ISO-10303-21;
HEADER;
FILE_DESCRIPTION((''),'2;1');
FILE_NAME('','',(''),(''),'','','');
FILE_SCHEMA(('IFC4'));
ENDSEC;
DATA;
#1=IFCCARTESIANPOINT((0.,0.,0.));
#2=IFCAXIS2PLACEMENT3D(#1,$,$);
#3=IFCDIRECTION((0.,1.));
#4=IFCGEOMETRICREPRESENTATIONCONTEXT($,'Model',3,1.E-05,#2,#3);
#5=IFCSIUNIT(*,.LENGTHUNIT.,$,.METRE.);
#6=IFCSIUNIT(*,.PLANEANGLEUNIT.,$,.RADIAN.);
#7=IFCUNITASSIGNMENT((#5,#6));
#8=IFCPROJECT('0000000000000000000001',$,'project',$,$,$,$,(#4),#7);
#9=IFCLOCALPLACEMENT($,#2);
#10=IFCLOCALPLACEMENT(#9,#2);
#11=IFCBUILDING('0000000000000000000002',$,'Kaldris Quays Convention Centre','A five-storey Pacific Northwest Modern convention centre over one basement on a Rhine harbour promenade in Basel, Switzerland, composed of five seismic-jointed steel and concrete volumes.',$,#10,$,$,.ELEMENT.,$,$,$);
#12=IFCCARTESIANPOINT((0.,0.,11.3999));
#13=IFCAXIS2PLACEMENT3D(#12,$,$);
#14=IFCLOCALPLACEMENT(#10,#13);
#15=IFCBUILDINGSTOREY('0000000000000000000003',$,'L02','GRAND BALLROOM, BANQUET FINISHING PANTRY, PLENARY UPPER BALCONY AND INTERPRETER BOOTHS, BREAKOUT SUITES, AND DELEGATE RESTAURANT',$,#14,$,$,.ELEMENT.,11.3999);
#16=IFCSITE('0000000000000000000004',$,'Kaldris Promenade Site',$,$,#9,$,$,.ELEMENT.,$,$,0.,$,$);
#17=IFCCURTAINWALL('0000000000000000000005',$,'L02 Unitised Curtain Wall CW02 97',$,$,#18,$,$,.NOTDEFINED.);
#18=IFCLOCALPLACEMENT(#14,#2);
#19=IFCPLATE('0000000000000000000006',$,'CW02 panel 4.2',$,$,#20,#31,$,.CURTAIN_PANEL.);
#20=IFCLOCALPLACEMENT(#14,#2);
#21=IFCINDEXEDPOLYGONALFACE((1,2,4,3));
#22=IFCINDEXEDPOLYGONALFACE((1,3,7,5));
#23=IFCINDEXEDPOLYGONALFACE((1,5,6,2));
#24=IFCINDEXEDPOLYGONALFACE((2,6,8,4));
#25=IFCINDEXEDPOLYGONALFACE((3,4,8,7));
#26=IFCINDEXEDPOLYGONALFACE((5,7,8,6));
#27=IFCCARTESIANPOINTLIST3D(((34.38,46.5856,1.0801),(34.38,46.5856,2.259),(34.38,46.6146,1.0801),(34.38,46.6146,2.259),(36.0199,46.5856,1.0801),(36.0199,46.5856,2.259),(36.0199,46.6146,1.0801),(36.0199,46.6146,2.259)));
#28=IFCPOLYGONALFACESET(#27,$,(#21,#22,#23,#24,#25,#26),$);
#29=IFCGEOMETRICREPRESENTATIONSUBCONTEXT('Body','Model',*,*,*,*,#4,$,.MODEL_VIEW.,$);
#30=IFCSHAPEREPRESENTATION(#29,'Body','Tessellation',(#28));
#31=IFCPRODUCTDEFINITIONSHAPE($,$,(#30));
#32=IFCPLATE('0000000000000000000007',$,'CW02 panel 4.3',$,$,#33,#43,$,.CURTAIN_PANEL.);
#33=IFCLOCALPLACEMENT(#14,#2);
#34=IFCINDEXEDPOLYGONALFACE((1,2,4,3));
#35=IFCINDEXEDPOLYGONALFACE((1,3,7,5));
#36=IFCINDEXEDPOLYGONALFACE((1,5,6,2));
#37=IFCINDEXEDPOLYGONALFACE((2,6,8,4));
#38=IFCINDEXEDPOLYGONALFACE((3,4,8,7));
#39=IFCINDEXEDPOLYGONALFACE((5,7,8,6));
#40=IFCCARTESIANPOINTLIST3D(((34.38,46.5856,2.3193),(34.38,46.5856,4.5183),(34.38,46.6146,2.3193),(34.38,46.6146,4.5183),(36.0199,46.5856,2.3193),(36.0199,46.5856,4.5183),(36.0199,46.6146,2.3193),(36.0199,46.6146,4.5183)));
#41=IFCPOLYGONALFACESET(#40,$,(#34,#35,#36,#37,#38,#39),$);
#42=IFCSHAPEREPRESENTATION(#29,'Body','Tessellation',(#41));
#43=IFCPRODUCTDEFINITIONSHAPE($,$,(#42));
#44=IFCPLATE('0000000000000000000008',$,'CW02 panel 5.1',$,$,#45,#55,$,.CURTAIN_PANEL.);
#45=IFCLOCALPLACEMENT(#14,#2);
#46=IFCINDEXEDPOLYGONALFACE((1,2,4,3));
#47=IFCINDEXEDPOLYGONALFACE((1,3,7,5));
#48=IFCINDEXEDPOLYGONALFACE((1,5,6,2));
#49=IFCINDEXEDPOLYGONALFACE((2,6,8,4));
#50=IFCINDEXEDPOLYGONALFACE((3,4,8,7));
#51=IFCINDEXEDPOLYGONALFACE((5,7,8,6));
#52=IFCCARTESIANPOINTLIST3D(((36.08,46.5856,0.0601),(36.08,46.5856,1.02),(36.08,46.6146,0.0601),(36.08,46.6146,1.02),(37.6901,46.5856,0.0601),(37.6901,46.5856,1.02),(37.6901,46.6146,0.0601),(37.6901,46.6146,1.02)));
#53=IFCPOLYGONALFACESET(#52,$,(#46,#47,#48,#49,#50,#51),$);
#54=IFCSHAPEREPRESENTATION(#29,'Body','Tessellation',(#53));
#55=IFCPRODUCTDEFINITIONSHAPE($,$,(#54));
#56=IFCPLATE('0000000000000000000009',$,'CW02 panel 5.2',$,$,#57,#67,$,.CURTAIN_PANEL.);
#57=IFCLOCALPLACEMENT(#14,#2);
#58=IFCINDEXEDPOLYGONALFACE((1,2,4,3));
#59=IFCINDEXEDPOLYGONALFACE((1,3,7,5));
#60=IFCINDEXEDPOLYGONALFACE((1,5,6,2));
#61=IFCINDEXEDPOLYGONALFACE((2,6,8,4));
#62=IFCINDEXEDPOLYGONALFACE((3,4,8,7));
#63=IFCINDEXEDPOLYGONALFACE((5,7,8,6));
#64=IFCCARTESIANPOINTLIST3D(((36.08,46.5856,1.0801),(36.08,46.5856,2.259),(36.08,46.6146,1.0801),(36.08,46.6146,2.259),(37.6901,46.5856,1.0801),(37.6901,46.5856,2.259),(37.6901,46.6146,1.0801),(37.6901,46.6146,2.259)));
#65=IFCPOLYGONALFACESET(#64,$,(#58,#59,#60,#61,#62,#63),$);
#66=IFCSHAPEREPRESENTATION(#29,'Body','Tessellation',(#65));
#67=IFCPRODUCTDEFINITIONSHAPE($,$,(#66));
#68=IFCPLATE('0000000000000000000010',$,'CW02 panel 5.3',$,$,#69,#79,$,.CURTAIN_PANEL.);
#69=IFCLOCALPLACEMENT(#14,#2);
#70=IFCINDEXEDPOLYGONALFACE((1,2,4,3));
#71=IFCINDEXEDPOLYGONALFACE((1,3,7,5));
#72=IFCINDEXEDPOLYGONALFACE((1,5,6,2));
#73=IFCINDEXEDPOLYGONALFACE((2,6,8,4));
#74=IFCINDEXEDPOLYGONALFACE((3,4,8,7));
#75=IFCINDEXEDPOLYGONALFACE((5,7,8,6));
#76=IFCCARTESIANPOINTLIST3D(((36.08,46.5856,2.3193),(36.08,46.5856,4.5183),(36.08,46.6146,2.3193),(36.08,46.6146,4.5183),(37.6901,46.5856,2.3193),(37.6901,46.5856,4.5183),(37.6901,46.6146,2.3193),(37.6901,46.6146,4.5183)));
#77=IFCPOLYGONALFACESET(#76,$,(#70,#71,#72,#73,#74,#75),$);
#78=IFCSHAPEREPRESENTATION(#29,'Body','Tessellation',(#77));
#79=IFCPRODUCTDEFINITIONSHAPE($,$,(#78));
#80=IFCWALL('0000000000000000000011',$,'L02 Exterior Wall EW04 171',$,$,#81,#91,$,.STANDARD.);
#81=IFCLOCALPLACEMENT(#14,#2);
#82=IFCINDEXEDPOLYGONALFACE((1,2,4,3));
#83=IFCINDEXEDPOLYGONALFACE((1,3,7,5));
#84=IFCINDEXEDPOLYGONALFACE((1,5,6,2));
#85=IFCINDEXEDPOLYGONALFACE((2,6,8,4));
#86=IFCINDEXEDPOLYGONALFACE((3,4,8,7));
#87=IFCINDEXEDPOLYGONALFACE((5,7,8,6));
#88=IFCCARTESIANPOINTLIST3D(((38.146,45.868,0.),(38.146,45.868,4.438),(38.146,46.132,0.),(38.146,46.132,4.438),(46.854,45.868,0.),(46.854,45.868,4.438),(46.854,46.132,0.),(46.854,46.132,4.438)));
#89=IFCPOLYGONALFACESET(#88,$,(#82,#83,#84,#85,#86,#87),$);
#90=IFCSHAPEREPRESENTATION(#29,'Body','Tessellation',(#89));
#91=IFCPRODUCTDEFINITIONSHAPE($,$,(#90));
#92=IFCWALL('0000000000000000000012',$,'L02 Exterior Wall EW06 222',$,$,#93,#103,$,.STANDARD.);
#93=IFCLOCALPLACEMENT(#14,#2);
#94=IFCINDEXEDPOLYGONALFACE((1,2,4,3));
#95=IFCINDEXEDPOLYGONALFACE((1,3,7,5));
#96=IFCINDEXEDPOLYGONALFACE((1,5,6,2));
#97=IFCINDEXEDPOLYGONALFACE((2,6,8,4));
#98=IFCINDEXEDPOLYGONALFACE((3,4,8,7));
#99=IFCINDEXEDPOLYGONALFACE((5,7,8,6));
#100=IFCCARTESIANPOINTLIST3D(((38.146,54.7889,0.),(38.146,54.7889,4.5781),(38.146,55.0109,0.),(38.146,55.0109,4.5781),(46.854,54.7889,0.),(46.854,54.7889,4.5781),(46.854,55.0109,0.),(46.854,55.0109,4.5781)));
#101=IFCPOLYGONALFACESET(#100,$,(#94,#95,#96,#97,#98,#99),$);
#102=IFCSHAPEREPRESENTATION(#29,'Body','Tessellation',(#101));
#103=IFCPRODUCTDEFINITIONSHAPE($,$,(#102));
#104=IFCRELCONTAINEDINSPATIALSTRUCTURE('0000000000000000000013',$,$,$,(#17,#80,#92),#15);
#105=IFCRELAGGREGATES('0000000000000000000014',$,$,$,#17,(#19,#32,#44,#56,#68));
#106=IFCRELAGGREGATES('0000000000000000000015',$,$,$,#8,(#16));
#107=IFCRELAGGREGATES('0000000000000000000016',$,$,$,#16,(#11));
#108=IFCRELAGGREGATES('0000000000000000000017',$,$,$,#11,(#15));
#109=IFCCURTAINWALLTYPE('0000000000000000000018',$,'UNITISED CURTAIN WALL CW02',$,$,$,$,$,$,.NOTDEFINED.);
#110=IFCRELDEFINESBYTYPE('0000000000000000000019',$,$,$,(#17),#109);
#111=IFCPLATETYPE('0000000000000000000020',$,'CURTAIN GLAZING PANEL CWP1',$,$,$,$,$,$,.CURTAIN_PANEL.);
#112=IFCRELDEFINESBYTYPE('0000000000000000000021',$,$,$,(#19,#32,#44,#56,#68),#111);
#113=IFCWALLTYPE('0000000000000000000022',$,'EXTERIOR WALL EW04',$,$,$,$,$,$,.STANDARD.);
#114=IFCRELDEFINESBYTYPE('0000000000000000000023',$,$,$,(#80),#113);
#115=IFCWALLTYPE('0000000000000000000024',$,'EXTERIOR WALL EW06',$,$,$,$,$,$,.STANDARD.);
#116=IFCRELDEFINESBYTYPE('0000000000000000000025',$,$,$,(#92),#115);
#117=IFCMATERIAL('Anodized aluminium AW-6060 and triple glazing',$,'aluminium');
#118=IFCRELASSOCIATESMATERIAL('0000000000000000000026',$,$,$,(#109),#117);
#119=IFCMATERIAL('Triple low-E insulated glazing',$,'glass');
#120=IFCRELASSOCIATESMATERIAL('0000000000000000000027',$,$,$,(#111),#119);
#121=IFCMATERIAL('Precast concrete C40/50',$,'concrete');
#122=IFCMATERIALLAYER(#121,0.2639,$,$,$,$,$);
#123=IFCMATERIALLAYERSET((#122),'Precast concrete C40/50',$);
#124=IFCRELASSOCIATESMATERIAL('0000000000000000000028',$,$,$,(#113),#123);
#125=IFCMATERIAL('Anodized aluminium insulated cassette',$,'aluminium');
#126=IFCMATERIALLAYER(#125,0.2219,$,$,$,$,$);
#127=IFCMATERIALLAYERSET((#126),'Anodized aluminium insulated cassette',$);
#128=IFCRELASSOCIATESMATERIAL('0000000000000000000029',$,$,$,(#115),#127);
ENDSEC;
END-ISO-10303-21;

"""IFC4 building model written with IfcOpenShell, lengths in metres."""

from ifc_helpers import new_model, si_unit, direction, frame, frame_2d, origin, origin_2d, place, context, subcontext, project, spatial, rectangle, extrude, material, layer, layer_set, type_object, element, aggregate, save


model = new_model("IFC4")

# Units and contexts
model_context = context("Model", 3, precision=1e-05, world=origin(), true_north=direction((0.0, 1.0)))
body_context = subcontext(model_context, "Body", "Model", "MODEL_VIEW")
ifc_project = project(units=[si_unit("LENGTHUNIT", "METRE"), si_unit("PLANEANGLEUNIT", "RADIAN")], contexts=[model_context])

# Site, building, storey
site_placement = place(None, origin())
site = spatial("IfcSite", under=ifc_project, at=site_placement, Name="Kaldris Promenade Site", CompositionType="ELEMENT", RefElevation=0.0)
building_placement = place(site_placement, origin())
building = spatial("IfcBuilding", under=site, at=building_placement, Name="Kaldris Quays Convention Centre", Description="A five-storey Pacific Northwest Modern convention centre over one basement on a Rhine harbour promenade in Basel, Switzerland, composed of five seismic-jointed steel and concrete volumes.", CompositionType="ELEMENT")
storey_placement = place(building_placement, frame((0.0, 0.0, 11.3999)))
storey = spatial("IfcBuildingStorey", under=building, at=storey_placement, Name="L02", Description="GRAND BALLROOM, BANQUET FINISHING PANTRY, PLENARY UPPER BALCONY AND INTERPRETER BOOTHS, BREAKOUT SUITES, AND DELEGATE RESTAURANT", CompositionType="ELEMENT", Elevation=11.3999)

# Curtain wall
ifc_material_1 = material(Name="Anodized aluminium AW-6060 and triple glazing", Category="aluminium")
curtain_wall_type_1 = type_object("IfcCurtainWallType", Name="UNITISED CURTAIN WALL CW02", PredefinedType="NOTDEFINED", material=ifc_material_1)
curtain_wall_1_placement = place(storey_placement, origin())
curtain_wall_1 = element("IfcCurtainWall", 1, at=curtain_wall_1_placement, inside=storey, type_object=curtain_wall_type_1, Name="L02 Unitised Curtain Wall CW02 97", PredefinedType="NOTDEFINED")

# Plates
ifc_material_2 = material(Name="Triple low-E insulated glazing", Category="glass")
plate_type = type_object("IfcPlateType", Name="CURTAIN GLAZING PANEL CWP1", PredefinedType="CURTAIN_PANEL", material=ifc_material_2)
plate_1_placement = place(storey_placement, frame((35.2, 46.6001, 1.0801), z_axis=(0.0, 0.0, 1.0), x_axis=(1.0, 0.0, 0.0)))
plate_1 = element("IfcPlate", 2, at=plate_1_placement, type_object=plate_type, Name="CW02 panel 4.2", PredefinedType="CURTAIN_PANEL", context=body_context, shape_type="SweptSolid", body=[
    extrude(rectangle(XDim=1.6399, YDim=0.0291, at=origin_2d()), origin(), (0.0, 0.0, 1.0), 1.179),
])
plate_2_placement = place(storey_placement, frame((35.2, 46.6001, 2.3193), z_axis=(0.0, 0.0, 1.0), x_axis=(1.0, 0.0, 0.0)))
plate_2 = element("IfcPlate", 3, at=plate_2_placement, type_object=plate_type, Name="CW02 panel 4.3", PredefinedType="CURTAIN_PANEL", context=body_context, shape_type="SweptSolid", body=[
    extrude(rectangle(XDim=1.6399, YDim=0.0291, at=origin_2d()), origin(), (0.0, 0.0, 1.0), 2.199),
])
plate_3_placement = place(storey_placement, frame((36.885, 46.6001, 0.0601), z_axis=(0.0, 0.0, 1.0), x_axis=(1.0, 0.0, 0.0)))
plate_3 = element("IfcPlate", 4, at=plate_3_placement, type_object=plate_type, Name="CW02 panel 5.1", PredefinedType="CURTAIN_PANEL", context=body_context, shape_type="SweptSolid", body=[
    extrude(rectangle(XDim=1.6101, YDim=0.0291, at=origin_2d()), origin(), (0.0, 0.0, 1.0), 0.96),
])
plate_4_placement = place(storey_placement, frame((36.885, 46.6001, 1.0801), z_axis=(0.0, 0.0, 1.0), x_axis=(1.0, 0.0, 0.0)))
plate_4 = element("IfcPlate", 5, at=plate_4_placement, type_object=plate_type, Name="CW02 panel 5.2", PredefinedType="CURTAIN_PANEL", context=body_context, shape_type="SweptSolid", body=[
    extrude(rectangle(XDim=1.6101, YDim=0.0291, at=origin_2d()), origin(), (0.0, 0.0, 1.0), 1.179),
])
plate_5_placement = place(storey_placement, frame((36.885, 46.6001, 2.3193), z_axis=(0.0, 0.0, 1.0), x_axis=(1.0, 0.0, 0.0)))
plate_5 = element("IfcPlate", 6, at=plate_5_placement, type_object=plate_type, Name="CW02 panel 5.3", PredefinedType="CURTAIN_PANEL", context=body_context, shape_type="SweptSolid", body=[
    extrude(rectangle(XDim=1.6101, YDim=0.0291, at=origin_2d()), origin(), (0.0, 0.0, 1.0), 2.199),
])
aggregate(curtain_wall_1, [plate_1, plate_2, plate_3, plate_4, plate_5])

# Walls
ifc_material_3 = material(Name="Precast concrete C40/50", Category="concrete")
ifc_layer_1 = layer(ifc_material_3, 0.2639)
ifc_layer_set_1 = layer_set([ifc_layer_1], Name="Precast concrete C40/50")
wall_type_1 = type_object("IfcWallType", Name="EXTERIOR WALL EW04", PredefinedType="STANDARD", material=ifc_layer_set_1)
wall_1_placement = place(storey_placement, frame((38.146, 46.0, 0.0), z_axis=(0.0, 0.0, 1.0), x_axis=(1.0, 0.0, 0.0)))
element("IfcWall", 7, at=wall_1_placement, inside=storey, type_object=wall_type_1, Name="L02 Exterior Wall EW04 171", PredefinedType="STANDARD", context=body_context, shape_type="SweptSolid", body=[
    extrude(rectangle(XDim=8.708, YDim=0.2639, at=frame_2d((4.354, 0.0))), origin(), (0.0, 0.0, 1.0), 4.438),
])
ifc_material_4 = material(Name="Anodized aluminium insulated cassette", Category="aluminium")
ifc_layer_2 = layer(ifc_material_4, 0.2219)
ifc_layer_set_2 = layer_set([ifc_layer_2], Name="Anodized aluminium insulated cassette")
wall_type_2 = type_object("IfcWallType", Name="EXTERIOR WALL EW06", PredefinedType="STANDARD", material=ifc_layer_set_2)
wall_2_placement = place(storey_placement, frame((38.146, 54.8999, 0.0), z_axis=(0.0, 0.0, 1.0), x_axis=(1.0, 0.0, 0.0)))
element("IfcWall", 8, at=wall_2_placement, inside=storey, type_object=wall_type_2, Name="L02 Exterior Wall EW06 222", PredefinedType="STANDARD", context=body_context, shape_type="SweptSolid", body=[
    extrude(rectangle(XDim=8.708, YDim=0.2219, at=frame_2d((4.354, 0.0))), origin(), (0.0, 0.0, 1.0), 4.5781),
])

save(model, "model.ifc")
